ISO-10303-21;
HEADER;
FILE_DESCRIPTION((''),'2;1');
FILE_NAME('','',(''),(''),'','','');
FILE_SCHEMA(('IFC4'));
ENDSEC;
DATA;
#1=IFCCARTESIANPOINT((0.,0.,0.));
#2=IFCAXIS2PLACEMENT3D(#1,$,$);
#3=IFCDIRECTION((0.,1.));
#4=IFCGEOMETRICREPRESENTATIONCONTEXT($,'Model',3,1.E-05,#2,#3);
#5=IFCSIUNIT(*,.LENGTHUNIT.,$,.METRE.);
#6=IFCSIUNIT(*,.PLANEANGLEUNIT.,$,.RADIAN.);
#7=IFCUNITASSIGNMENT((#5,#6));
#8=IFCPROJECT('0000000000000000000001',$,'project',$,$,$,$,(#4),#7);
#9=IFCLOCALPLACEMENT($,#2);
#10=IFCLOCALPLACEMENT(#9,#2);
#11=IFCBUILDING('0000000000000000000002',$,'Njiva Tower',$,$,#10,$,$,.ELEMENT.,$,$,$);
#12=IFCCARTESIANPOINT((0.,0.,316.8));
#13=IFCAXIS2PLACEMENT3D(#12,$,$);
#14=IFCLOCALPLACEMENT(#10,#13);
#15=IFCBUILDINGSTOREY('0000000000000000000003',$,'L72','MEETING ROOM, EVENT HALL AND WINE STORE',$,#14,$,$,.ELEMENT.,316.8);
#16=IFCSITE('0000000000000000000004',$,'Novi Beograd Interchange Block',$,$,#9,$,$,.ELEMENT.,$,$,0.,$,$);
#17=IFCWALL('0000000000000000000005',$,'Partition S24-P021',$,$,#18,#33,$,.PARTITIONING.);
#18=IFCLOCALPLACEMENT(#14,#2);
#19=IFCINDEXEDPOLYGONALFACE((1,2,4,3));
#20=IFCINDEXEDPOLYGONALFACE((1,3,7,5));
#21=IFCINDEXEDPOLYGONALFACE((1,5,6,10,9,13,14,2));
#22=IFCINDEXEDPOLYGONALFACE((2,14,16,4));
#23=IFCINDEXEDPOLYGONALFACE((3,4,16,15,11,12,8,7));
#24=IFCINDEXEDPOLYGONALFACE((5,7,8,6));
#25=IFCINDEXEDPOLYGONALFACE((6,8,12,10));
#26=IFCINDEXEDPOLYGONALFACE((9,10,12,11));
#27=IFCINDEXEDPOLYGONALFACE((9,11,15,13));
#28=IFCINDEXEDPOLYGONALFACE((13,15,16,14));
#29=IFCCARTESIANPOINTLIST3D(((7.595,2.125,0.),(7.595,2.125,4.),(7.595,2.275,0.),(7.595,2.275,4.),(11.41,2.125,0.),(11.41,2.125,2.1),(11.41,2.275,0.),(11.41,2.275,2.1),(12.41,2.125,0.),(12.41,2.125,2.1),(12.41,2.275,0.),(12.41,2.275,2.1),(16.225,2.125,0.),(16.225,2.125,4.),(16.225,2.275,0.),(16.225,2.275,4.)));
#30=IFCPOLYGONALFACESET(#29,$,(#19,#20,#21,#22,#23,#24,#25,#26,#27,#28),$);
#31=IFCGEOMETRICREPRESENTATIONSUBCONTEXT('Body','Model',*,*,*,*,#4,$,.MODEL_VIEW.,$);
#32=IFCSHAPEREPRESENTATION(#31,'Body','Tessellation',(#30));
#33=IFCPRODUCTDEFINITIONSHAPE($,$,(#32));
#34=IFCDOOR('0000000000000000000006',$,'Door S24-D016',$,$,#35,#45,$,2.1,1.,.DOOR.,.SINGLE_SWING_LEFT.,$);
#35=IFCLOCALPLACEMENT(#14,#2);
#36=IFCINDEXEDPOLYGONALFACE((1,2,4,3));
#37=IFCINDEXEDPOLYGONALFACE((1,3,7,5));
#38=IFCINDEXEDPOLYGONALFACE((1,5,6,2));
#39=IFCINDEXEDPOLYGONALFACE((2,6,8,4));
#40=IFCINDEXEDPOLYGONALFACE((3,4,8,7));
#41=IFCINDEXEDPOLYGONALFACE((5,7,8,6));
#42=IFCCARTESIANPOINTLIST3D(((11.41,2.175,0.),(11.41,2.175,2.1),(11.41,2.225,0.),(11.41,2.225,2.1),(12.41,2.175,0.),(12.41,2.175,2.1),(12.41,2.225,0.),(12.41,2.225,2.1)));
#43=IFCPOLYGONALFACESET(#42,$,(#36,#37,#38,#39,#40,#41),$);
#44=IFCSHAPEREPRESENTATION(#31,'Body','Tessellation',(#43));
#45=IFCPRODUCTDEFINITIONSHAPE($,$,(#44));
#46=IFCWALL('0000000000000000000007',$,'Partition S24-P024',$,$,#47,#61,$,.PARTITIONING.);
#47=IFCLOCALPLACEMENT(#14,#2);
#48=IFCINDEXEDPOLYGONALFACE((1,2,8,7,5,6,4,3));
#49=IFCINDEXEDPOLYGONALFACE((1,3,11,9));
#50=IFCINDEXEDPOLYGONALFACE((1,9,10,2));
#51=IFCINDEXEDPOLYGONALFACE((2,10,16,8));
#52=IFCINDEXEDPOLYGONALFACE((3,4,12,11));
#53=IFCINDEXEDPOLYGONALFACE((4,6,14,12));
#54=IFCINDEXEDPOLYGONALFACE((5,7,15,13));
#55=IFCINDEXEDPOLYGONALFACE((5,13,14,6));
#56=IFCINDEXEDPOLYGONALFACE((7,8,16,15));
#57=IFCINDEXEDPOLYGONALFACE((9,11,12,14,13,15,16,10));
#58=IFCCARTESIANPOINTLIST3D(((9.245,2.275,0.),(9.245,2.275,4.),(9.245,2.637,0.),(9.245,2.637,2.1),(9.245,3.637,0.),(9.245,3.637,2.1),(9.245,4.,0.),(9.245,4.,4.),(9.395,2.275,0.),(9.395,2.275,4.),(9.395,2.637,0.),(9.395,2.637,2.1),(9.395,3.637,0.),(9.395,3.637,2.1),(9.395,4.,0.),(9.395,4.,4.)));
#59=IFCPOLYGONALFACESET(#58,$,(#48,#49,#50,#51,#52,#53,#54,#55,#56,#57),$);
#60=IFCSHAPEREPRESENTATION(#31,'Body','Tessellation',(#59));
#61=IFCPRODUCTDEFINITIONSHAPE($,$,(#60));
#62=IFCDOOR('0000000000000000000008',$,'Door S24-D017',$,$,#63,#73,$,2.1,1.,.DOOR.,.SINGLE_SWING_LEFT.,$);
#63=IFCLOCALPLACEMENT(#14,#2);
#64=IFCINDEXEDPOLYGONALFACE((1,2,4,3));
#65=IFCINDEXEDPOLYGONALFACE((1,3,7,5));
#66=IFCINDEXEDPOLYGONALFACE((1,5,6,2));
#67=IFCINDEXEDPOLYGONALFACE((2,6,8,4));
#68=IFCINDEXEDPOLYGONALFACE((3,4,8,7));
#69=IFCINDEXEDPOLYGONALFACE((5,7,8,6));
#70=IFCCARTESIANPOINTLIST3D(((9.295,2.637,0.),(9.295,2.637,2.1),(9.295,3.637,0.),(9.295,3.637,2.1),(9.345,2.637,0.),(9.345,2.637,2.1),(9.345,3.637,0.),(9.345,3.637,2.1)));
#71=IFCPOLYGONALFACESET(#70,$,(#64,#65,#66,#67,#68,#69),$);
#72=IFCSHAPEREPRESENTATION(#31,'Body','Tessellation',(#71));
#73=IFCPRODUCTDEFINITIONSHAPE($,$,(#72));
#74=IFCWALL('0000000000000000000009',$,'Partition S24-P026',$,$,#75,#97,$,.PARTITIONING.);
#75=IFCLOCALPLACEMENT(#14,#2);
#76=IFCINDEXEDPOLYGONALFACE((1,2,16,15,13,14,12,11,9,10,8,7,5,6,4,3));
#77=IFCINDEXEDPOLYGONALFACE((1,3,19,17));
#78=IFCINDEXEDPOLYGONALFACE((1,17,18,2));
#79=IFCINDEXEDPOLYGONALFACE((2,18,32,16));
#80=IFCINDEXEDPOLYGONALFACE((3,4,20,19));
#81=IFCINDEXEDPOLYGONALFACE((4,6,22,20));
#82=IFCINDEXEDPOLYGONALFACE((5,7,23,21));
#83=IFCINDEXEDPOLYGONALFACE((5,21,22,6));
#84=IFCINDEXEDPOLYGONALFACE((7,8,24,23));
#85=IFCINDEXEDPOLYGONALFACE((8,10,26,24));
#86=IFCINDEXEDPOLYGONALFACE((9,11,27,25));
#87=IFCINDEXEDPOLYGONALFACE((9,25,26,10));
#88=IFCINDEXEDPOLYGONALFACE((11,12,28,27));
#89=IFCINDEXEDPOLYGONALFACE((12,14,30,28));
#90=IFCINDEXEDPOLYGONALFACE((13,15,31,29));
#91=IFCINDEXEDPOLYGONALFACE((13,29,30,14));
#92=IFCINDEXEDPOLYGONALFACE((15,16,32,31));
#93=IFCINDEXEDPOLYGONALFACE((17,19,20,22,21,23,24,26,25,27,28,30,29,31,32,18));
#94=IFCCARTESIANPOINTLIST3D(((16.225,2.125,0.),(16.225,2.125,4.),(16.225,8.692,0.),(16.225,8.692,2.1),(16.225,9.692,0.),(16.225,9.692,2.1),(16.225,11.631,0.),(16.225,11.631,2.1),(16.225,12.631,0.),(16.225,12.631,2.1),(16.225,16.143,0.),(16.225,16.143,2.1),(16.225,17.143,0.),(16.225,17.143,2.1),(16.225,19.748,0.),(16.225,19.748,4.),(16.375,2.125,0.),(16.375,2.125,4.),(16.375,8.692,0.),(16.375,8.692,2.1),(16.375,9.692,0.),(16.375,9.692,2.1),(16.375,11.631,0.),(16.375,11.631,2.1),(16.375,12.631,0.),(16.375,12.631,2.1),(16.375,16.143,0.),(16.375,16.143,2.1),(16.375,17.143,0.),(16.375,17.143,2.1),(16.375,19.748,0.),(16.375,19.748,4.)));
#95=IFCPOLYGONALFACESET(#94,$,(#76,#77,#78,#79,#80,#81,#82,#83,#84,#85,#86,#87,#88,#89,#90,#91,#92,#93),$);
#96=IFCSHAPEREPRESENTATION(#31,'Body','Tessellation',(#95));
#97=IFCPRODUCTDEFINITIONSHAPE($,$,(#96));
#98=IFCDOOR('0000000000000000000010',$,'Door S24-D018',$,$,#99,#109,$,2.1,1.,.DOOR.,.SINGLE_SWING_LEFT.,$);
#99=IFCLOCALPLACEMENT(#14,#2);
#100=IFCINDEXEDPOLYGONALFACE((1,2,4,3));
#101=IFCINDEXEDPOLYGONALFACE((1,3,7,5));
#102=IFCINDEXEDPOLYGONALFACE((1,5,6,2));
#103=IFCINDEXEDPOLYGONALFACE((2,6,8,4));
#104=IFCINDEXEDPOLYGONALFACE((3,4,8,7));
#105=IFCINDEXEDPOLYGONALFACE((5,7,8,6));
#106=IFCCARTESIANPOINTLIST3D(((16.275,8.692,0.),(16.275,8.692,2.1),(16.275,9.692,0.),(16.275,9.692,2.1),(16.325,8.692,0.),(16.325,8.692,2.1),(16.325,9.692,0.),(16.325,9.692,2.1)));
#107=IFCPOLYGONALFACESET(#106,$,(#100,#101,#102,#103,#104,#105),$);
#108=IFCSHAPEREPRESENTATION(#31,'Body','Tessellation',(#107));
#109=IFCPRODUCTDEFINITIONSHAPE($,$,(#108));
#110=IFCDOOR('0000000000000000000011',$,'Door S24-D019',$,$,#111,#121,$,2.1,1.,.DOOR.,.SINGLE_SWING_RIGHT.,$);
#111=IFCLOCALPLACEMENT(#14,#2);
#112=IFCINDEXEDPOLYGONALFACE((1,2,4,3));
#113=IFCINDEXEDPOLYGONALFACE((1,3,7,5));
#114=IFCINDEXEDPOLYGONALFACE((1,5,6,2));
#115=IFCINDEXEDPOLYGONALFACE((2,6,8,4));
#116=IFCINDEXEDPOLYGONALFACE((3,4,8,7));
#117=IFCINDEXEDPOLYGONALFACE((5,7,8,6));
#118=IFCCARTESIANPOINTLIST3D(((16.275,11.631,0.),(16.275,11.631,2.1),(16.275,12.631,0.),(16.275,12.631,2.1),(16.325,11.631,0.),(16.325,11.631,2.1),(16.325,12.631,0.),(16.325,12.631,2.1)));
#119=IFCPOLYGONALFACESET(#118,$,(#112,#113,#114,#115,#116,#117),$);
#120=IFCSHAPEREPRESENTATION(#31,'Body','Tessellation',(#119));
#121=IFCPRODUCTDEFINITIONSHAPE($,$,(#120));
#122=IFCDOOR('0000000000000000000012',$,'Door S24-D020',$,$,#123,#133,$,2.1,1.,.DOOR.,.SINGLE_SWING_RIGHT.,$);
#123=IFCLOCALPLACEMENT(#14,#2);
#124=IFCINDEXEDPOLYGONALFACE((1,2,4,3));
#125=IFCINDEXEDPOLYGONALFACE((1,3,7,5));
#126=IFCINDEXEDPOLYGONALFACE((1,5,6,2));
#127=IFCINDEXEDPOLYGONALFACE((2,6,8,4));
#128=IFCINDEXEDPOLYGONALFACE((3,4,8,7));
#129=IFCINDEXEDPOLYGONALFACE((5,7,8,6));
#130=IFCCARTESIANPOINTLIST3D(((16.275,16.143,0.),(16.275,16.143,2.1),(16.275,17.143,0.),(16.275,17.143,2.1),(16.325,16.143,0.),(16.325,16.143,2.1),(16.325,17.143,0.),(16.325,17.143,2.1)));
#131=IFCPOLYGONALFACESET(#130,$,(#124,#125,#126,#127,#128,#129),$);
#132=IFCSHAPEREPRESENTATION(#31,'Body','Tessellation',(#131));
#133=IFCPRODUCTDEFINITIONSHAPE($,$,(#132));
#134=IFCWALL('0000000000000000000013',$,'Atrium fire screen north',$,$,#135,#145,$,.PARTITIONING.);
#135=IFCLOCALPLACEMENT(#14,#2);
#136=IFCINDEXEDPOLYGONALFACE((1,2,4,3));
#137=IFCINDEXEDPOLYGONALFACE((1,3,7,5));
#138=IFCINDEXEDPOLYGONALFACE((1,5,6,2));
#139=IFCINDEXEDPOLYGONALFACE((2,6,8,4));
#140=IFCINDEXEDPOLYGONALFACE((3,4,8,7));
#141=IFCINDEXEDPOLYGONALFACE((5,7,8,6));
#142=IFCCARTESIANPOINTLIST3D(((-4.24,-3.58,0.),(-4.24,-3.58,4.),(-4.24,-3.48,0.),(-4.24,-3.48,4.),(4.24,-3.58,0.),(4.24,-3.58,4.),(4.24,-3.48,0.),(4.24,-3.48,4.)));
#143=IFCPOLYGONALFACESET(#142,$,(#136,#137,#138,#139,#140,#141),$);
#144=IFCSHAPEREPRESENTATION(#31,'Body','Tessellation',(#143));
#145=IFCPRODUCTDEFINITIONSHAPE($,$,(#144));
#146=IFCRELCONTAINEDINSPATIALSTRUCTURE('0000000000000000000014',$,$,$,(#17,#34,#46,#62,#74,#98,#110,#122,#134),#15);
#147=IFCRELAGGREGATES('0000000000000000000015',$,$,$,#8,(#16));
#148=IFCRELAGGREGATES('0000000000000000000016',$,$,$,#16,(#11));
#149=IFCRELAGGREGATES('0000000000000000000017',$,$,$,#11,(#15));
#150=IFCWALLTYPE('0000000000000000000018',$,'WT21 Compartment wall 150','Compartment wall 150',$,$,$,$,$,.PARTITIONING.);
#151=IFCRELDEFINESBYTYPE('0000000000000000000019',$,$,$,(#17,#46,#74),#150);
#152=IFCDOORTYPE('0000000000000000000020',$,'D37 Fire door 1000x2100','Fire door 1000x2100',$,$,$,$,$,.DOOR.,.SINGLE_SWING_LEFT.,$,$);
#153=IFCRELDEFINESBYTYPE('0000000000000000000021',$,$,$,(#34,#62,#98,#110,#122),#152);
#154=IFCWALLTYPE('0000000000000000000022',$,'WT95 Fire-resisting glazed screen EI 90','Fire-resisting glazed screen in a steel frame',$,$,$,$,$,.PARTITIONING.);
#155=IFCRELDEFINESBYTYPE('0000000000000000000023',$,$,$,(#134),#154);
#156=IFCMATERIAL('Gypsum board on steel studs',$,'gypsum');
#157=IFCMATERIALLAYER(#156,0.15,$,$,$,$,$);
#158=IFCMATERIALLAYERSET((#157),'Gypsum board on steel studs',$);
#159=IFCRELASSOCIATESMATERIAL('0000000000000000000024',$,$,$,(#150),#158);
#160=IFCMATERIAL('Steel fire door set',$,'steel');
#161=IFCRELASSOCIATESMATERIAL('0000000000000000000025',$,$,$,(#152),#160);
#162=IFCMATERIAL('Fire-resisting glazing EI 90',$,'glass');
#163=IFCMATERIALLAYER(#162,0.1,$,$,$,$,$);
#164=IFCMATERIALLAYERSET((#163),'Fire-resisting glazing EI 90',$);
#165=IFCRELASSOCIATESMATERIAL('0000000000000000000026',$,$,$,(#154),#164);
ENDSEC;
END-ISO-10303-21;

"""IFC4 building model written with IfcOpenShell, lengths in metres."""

from ifc_helpers import new_model, si_unit, direction, frame, frame_2d, origin, place, context, subcontext, project, spatial, rectangle, extrude, material, layer, layer_set, type_object, element, fill, save


model = new_model("IFC4")

# Units and contexts
model_context = context("Model", 3, precision=1e-05, world=origin(), true_north=direction((0.0, 1.0)))
body_context = subcontext(model_context, "Body", "Model", "MODEL_VIEW")
ifc_project = project(units=[si_unit("LENGTHUNIT", "METRE"), si_unit("PLANEANGLEUNIT", "RADIAN")], contexts=[model_context])

# Site, building, storey
site_placement = place(None, origin())
site = spatial("IfcSite", under=ifc_project, at=site_placement, Name="Novi Beograd Interchange Block", CompositionType="ELEMENT", RefElevation=0.0)
building_placement = place(site_placement, origin())
building = spatial("IfcBuilding", under=site, at=building_placement, Name="Njiva Tower", CompositionType="ELEMENT")
storey_placement = place(building_placement, frame((0.0, 0.0, 316.8)))
storey = spatial("IfcBuildingStorey", under=building, at=storey_placement, Name="L72", Description="MEETING ROOM, EVENT HALL AND WINE STORE", CompositionType="ELEMENT", Elevation=316.8)

# Shared definitions
ifc_material_1 = material(Name="Gypsum board on steel studs", Category="gypsum")

# Walls, openings, doors
ifc_layer_1 = layer(ifc_material_1, 0.15)
ifc_layer_set_1 = layer_set([ifc_layer_1], Name="Gypsum board on steel studs")
wall_type_1 = type_object("IfcWallType", Name="WT21 Compartment wall 150", Description="Compartment wall 150", PredefinedType="PARTITIONING", material=ifc_layer_set_1)
ifc_material_2 = material(Name="Steel fire door set", Category="steel")
door_type = type_object("IfcDoorType", Name="D37 Fire door 1000x2100", Description="Fire door 1000x2100", OperationType="SINGLE_SWING_LEFT", PredefinedType="DOOR", material=ifc_material_2)
wall_1_placement = place(storey_placement, frame((7.595, 2.2, 0.0), z_axis=(0.0, 0.0, 1.0), x_axis=(1.0, 0.0, 0.0)))
wall_1 = element("IfcWall", 1, at=wall_1_placement, inside=storey, type_object=wall_type_1, Name="Partition S24-P021", PredefinedType="PARTITIONING", context=body_context, shape_type="SweptSolid", body=[
    extrude(rectangle(XDim=8.63, YDim=0.15, at=frame_2d((4.315, 0.0))), origin(), (0.0, 0.0, 1.0), 4.0),
])
opening_1_placement = place(wall_1_placement, frame((3.815, 0.0, 0.0)))
opening_1 = element("IfcOpeningElement", 2, at=opening_1_placement, cuts=wall_1, PredefinedType="OPENING", context=body_context, shape_type="SweptSolid", body=[
    extrude(rectangle(XDim=1.0, YDim=2.1, at=frame_2d((0.5, 1.05))), frame((0.0, 0.085, 0.0), z_axis=(0.0, -1.0, 0.0), x_axis=(1.0, 0.0, 0.0)), (0.0, 0.0, 1.0), 0.17),
])
door_1_placement = place(opening_1_placement, origin())
door_1 = element("IfcDoor", 3, at=door_1_placement, inside=storey, type_object=door_type, Name="Door S24-D016", OperationType="SINGLE_SWING_LEFT", OverallHeight=2.1, OverallWidth=1.0, PredefinedType="DOOR", context=body_context, shape_type="SweptSolid", body=[
    extrude(rectangle(XDim=1.0, YDim=2.1, at=frame_2d((0.5, 1.05))), frame((0.0, 0.025, 0.0), z_axis=(0.0, -1.0, 0.0), x_axis=(1.0, 0.0, 0.0)), (0.0, 0.0, 1.0), 0.05),
])
fill(opening_1, door_1)
wall_2_placement = place(storey_placement, frame((9.32, 2.275, 0.0), z_axis=(0.0, 0.0, 1.0), x_axis=(0.0, 1.0, 0.0)))
wall_2 = element("IfcWall", 4, at=wall_2_placement, inside=storey, type_object=wall_type_1, Name="Partition S24-P024", PredefinedType="PARTITIONING", context=body_context, shape_type="SweptSolid", body=[
    extrude(rectangle(XDim=1.725, YDim=0.15, at=frame_2d((0.8625, 0.0))), origin(), (0.0, 0.0, 1.0), 4.0),
])
opening_2_placement = place(wall_2_placement, frame((0.362, 0.0, 0.0)))
opening_2 = element("IfcOpeningElement", 5, at=opening_2_placement, cuts=wall_2, PredefinedType="OPENING", context=body_context, shape_type="SweptSolid", body=[
    extrude(rectangle(XDim=1.0, YDim=2.1, at=frame_2d((0.5, 1.05))), frame((0.0, 0.085, 0.0), z_axis=(0.0, -1.0, 0.0), x_axis=(1.0, 0.0, 0.0)), (0.0, 0.0, 1.0), 0.17),
])
door_2_placement = place(opening_2_placement, origin())
door_2 = element("IfcDoor", 6, at=door_2_placement, inside=storey, type_object=door_type, Name="Door S24-D017", OperationType="SINGLE_SWING_LEFT", OverallHeight=2.1, OverallWidth=1.0, PredefinedType="DOOR", context=body_context, shape_type="SweptSolid", body=[
    extrude(rectangle(XDim=1.0, YDim=2.1, at=frame_2d((0.5, 1.05))), frame((0.0, 0.025, 0.0), z_axis=(0.0, -1.0, 0.0), x_axis=(1.0, 0.0, 0.0)), (0.0, 0.0, 1.0), 0.05),
])
fill(opening_2, door_2)

# Wall, openings, doors
wall_3_placement = place(storey_placement, frame((16.3, 2.125, 0.0), z_axis=(0.0, 0.0, 1.0), x_axis=(0.0, 1.0, 0.0)))
wall_3 = element("IfcWall", 7, at=wall_3_placement, inside=storey, type_object=wall_type_1, Name="Partition S24-P026", PredefinedType="PARTITIONING", context=body_context, shape_type="SweptSolid", body=[
    extrude(rectangle(XDim=17.623, YDim=0.15, at=frame_2d((8.8115, 0.0))), origin(), (0.0, 0.0, 1.0), 4.0),
])
opening_3_placement = place(wall_3_placement, frame((6.567, 0.0, 0.0)))
opening_3 = element("IfcOpeningElement", 8, at=opening_3_placement, cuts=wall_3, PredefinedType="OPENING", context=body_context, shape_type="SweptSolid", body=[
    extrude(rectangle(XDim=1.0, YDim=2.1, at=frame_2d((0.5, 1.05))), frame((0.0, 0.085, 0.0), z_axis=(0.0, -1.0, 0.0), x_axis=(1.0, 0.0, 0.0)), (0.0, 0.0, 1.0), 0.17),
])
opening_4_placement = place(wall_3_placement, frame((9.506, 0.0, 0.0)))
opening_4 = element("IfcOpeningElement", 9, at=opening_4_placement, cuts=wall_3, PredefinedType="OPENING", context=body_context, shape_type="SweptSolid", body=[
    extrude(rectangle(XDim=1.0, YDim=2.1, at=frame_2d((0.5, 1.05))), frame((0.0, 0.085, 0.0), z_axis=(0.0, -1.0, 0.0), x_axis=(1.0, 0.0, 0.0)), (0.0, 0.0, 1.0), 0.17),
])
opening_5_placement = place(wall_3_placement, frame((14.018, 0.0, 0.0)))
opening_5 = element("IfcOpeningElement", 10, at=opening_5_placement, cuts=wall_3, PredefinedType="OPENING", context=body_context, shape_type="SweptSolid", body=[
    extrude(rectangle(XDim=1.0, YDim=2.1, at=frame_2d((0.5, 1.05))), frame((0.0, 0.085, 0.0), z_axis=(0.0, -1.0, 0.0), x_axis=(1.0, 0.0, 0.0)), (0.0, 0.0, 1.0), 0.17),
])
door_3_placement = place(opening_3_placement, origin())
door_3 = element("IfcDoor", 11, at=door_3_placement, inside=storey, type_object=door_type, Name="Door S24-D018", OperationType="SINGLE_SWING_LEFT", OverallHeight=2.1, OverallWidth=1.0, PredefinedType="DOOR", context=body_context, shape_type="SweptSolid", body=[
    extrude(rectangle(XDim=1.0, YDim=2.1, at=frame_2d((0.5, 1.05))), frame((0.0, 0.025, 0.0), z_axis=(0.0, -1.0, 0.0), x_axis=(1.0, 0.0, 0.0)), (0.0, 0.0, 1.0), 0.05),
])
fill(opening_3, door_3)
door_4_placement = place(opening_4_placement, origin())
door_4 = element("IfcDoor", 12, at=door_4_placement, inside=storey, type_object=door_type, Name="Door S24-D019", OperationType="SINGLE_SWING_RIGHT", OverallHeight=2.1, OverallWidth=1.0, PredefinedType="DOOR", context=body_context, shape_type="SweptSolid", body=[
    extrude(rectangle(XDim=1.0, YDim=2.1, at=frame_2d((0.5, 1.05))), frame((0.0, 0.025, 0.0), z_axis=(0.0, -1.0, 0.0), x_axis=(1.0, 0.0, 0.0)), (0.0, 0.0, 1.0), 0.05),
])
fill(opening_4, door_4)
door_5_placement = place(opening_5_placement, origin())
door_5 = element("IfcDoor", 13, at=door_5_placement, inside=storey, type_object=door_type, Name="Door S24-D020", OperationType="SINGLE_SWING_RIGHT", OverallHeight=2.1, OverallWidth=1.0, PredefinedType="DOOR", context=body_context, shape_type="SweptSolid", body=[
    extrude(rectangle(XDim=1.0, YDim=2.1, at=frame_2d((0.5, 1.05))), frame((0.0, 0.025, 0.0), z_axis=(0.0, -1.0, 0.0), x_axis=(1.0, 0.0, 0.0)), (0.0, 0.0, 1.0), 0.05),
])
fill(opening_5, door_5)

# Wall
ifc_material_3 = material(Name="Fire-resisting glazing EI 90", Category="glass")
ifc_layer_2 = layer(ifc_material_3, 0.1)
ifc_layer_set_2 = layer_set([ifc_layer_2], Name="Fire-resisting glazing EI 90")
wall_type_2 = type_object("IfcWallType", Name="WT95 Fire-resisting glazed screen EI 90", Description="Fire-resisting glazed screen in a steel frame", PredefinedType="PARTITIONING", material=ifc_layer_set_2)
wall_4_placement = place(storey_placement, frame((4.24, -3.53, 0.0), z_axis=(0.0, 0.0, 1.0), x_axis=(-1.0, 0.0, 0.0)))
element("IfcWall", 14, at=wall_4_placement, inside=storey, type_object=wall_type_2, Name="Atrium fire screen north", PredefinedType="PARTITIONING", context=body_context, shape_type="SweptSolid", body=[
    extrude(rectangle(XDim=8.48, YDim=0.1, at=frame_2d((4.24, 0.0))), origin(), (0.0, 0.0, 1.0), 4.0),
])

save(model, "model.ifc")
